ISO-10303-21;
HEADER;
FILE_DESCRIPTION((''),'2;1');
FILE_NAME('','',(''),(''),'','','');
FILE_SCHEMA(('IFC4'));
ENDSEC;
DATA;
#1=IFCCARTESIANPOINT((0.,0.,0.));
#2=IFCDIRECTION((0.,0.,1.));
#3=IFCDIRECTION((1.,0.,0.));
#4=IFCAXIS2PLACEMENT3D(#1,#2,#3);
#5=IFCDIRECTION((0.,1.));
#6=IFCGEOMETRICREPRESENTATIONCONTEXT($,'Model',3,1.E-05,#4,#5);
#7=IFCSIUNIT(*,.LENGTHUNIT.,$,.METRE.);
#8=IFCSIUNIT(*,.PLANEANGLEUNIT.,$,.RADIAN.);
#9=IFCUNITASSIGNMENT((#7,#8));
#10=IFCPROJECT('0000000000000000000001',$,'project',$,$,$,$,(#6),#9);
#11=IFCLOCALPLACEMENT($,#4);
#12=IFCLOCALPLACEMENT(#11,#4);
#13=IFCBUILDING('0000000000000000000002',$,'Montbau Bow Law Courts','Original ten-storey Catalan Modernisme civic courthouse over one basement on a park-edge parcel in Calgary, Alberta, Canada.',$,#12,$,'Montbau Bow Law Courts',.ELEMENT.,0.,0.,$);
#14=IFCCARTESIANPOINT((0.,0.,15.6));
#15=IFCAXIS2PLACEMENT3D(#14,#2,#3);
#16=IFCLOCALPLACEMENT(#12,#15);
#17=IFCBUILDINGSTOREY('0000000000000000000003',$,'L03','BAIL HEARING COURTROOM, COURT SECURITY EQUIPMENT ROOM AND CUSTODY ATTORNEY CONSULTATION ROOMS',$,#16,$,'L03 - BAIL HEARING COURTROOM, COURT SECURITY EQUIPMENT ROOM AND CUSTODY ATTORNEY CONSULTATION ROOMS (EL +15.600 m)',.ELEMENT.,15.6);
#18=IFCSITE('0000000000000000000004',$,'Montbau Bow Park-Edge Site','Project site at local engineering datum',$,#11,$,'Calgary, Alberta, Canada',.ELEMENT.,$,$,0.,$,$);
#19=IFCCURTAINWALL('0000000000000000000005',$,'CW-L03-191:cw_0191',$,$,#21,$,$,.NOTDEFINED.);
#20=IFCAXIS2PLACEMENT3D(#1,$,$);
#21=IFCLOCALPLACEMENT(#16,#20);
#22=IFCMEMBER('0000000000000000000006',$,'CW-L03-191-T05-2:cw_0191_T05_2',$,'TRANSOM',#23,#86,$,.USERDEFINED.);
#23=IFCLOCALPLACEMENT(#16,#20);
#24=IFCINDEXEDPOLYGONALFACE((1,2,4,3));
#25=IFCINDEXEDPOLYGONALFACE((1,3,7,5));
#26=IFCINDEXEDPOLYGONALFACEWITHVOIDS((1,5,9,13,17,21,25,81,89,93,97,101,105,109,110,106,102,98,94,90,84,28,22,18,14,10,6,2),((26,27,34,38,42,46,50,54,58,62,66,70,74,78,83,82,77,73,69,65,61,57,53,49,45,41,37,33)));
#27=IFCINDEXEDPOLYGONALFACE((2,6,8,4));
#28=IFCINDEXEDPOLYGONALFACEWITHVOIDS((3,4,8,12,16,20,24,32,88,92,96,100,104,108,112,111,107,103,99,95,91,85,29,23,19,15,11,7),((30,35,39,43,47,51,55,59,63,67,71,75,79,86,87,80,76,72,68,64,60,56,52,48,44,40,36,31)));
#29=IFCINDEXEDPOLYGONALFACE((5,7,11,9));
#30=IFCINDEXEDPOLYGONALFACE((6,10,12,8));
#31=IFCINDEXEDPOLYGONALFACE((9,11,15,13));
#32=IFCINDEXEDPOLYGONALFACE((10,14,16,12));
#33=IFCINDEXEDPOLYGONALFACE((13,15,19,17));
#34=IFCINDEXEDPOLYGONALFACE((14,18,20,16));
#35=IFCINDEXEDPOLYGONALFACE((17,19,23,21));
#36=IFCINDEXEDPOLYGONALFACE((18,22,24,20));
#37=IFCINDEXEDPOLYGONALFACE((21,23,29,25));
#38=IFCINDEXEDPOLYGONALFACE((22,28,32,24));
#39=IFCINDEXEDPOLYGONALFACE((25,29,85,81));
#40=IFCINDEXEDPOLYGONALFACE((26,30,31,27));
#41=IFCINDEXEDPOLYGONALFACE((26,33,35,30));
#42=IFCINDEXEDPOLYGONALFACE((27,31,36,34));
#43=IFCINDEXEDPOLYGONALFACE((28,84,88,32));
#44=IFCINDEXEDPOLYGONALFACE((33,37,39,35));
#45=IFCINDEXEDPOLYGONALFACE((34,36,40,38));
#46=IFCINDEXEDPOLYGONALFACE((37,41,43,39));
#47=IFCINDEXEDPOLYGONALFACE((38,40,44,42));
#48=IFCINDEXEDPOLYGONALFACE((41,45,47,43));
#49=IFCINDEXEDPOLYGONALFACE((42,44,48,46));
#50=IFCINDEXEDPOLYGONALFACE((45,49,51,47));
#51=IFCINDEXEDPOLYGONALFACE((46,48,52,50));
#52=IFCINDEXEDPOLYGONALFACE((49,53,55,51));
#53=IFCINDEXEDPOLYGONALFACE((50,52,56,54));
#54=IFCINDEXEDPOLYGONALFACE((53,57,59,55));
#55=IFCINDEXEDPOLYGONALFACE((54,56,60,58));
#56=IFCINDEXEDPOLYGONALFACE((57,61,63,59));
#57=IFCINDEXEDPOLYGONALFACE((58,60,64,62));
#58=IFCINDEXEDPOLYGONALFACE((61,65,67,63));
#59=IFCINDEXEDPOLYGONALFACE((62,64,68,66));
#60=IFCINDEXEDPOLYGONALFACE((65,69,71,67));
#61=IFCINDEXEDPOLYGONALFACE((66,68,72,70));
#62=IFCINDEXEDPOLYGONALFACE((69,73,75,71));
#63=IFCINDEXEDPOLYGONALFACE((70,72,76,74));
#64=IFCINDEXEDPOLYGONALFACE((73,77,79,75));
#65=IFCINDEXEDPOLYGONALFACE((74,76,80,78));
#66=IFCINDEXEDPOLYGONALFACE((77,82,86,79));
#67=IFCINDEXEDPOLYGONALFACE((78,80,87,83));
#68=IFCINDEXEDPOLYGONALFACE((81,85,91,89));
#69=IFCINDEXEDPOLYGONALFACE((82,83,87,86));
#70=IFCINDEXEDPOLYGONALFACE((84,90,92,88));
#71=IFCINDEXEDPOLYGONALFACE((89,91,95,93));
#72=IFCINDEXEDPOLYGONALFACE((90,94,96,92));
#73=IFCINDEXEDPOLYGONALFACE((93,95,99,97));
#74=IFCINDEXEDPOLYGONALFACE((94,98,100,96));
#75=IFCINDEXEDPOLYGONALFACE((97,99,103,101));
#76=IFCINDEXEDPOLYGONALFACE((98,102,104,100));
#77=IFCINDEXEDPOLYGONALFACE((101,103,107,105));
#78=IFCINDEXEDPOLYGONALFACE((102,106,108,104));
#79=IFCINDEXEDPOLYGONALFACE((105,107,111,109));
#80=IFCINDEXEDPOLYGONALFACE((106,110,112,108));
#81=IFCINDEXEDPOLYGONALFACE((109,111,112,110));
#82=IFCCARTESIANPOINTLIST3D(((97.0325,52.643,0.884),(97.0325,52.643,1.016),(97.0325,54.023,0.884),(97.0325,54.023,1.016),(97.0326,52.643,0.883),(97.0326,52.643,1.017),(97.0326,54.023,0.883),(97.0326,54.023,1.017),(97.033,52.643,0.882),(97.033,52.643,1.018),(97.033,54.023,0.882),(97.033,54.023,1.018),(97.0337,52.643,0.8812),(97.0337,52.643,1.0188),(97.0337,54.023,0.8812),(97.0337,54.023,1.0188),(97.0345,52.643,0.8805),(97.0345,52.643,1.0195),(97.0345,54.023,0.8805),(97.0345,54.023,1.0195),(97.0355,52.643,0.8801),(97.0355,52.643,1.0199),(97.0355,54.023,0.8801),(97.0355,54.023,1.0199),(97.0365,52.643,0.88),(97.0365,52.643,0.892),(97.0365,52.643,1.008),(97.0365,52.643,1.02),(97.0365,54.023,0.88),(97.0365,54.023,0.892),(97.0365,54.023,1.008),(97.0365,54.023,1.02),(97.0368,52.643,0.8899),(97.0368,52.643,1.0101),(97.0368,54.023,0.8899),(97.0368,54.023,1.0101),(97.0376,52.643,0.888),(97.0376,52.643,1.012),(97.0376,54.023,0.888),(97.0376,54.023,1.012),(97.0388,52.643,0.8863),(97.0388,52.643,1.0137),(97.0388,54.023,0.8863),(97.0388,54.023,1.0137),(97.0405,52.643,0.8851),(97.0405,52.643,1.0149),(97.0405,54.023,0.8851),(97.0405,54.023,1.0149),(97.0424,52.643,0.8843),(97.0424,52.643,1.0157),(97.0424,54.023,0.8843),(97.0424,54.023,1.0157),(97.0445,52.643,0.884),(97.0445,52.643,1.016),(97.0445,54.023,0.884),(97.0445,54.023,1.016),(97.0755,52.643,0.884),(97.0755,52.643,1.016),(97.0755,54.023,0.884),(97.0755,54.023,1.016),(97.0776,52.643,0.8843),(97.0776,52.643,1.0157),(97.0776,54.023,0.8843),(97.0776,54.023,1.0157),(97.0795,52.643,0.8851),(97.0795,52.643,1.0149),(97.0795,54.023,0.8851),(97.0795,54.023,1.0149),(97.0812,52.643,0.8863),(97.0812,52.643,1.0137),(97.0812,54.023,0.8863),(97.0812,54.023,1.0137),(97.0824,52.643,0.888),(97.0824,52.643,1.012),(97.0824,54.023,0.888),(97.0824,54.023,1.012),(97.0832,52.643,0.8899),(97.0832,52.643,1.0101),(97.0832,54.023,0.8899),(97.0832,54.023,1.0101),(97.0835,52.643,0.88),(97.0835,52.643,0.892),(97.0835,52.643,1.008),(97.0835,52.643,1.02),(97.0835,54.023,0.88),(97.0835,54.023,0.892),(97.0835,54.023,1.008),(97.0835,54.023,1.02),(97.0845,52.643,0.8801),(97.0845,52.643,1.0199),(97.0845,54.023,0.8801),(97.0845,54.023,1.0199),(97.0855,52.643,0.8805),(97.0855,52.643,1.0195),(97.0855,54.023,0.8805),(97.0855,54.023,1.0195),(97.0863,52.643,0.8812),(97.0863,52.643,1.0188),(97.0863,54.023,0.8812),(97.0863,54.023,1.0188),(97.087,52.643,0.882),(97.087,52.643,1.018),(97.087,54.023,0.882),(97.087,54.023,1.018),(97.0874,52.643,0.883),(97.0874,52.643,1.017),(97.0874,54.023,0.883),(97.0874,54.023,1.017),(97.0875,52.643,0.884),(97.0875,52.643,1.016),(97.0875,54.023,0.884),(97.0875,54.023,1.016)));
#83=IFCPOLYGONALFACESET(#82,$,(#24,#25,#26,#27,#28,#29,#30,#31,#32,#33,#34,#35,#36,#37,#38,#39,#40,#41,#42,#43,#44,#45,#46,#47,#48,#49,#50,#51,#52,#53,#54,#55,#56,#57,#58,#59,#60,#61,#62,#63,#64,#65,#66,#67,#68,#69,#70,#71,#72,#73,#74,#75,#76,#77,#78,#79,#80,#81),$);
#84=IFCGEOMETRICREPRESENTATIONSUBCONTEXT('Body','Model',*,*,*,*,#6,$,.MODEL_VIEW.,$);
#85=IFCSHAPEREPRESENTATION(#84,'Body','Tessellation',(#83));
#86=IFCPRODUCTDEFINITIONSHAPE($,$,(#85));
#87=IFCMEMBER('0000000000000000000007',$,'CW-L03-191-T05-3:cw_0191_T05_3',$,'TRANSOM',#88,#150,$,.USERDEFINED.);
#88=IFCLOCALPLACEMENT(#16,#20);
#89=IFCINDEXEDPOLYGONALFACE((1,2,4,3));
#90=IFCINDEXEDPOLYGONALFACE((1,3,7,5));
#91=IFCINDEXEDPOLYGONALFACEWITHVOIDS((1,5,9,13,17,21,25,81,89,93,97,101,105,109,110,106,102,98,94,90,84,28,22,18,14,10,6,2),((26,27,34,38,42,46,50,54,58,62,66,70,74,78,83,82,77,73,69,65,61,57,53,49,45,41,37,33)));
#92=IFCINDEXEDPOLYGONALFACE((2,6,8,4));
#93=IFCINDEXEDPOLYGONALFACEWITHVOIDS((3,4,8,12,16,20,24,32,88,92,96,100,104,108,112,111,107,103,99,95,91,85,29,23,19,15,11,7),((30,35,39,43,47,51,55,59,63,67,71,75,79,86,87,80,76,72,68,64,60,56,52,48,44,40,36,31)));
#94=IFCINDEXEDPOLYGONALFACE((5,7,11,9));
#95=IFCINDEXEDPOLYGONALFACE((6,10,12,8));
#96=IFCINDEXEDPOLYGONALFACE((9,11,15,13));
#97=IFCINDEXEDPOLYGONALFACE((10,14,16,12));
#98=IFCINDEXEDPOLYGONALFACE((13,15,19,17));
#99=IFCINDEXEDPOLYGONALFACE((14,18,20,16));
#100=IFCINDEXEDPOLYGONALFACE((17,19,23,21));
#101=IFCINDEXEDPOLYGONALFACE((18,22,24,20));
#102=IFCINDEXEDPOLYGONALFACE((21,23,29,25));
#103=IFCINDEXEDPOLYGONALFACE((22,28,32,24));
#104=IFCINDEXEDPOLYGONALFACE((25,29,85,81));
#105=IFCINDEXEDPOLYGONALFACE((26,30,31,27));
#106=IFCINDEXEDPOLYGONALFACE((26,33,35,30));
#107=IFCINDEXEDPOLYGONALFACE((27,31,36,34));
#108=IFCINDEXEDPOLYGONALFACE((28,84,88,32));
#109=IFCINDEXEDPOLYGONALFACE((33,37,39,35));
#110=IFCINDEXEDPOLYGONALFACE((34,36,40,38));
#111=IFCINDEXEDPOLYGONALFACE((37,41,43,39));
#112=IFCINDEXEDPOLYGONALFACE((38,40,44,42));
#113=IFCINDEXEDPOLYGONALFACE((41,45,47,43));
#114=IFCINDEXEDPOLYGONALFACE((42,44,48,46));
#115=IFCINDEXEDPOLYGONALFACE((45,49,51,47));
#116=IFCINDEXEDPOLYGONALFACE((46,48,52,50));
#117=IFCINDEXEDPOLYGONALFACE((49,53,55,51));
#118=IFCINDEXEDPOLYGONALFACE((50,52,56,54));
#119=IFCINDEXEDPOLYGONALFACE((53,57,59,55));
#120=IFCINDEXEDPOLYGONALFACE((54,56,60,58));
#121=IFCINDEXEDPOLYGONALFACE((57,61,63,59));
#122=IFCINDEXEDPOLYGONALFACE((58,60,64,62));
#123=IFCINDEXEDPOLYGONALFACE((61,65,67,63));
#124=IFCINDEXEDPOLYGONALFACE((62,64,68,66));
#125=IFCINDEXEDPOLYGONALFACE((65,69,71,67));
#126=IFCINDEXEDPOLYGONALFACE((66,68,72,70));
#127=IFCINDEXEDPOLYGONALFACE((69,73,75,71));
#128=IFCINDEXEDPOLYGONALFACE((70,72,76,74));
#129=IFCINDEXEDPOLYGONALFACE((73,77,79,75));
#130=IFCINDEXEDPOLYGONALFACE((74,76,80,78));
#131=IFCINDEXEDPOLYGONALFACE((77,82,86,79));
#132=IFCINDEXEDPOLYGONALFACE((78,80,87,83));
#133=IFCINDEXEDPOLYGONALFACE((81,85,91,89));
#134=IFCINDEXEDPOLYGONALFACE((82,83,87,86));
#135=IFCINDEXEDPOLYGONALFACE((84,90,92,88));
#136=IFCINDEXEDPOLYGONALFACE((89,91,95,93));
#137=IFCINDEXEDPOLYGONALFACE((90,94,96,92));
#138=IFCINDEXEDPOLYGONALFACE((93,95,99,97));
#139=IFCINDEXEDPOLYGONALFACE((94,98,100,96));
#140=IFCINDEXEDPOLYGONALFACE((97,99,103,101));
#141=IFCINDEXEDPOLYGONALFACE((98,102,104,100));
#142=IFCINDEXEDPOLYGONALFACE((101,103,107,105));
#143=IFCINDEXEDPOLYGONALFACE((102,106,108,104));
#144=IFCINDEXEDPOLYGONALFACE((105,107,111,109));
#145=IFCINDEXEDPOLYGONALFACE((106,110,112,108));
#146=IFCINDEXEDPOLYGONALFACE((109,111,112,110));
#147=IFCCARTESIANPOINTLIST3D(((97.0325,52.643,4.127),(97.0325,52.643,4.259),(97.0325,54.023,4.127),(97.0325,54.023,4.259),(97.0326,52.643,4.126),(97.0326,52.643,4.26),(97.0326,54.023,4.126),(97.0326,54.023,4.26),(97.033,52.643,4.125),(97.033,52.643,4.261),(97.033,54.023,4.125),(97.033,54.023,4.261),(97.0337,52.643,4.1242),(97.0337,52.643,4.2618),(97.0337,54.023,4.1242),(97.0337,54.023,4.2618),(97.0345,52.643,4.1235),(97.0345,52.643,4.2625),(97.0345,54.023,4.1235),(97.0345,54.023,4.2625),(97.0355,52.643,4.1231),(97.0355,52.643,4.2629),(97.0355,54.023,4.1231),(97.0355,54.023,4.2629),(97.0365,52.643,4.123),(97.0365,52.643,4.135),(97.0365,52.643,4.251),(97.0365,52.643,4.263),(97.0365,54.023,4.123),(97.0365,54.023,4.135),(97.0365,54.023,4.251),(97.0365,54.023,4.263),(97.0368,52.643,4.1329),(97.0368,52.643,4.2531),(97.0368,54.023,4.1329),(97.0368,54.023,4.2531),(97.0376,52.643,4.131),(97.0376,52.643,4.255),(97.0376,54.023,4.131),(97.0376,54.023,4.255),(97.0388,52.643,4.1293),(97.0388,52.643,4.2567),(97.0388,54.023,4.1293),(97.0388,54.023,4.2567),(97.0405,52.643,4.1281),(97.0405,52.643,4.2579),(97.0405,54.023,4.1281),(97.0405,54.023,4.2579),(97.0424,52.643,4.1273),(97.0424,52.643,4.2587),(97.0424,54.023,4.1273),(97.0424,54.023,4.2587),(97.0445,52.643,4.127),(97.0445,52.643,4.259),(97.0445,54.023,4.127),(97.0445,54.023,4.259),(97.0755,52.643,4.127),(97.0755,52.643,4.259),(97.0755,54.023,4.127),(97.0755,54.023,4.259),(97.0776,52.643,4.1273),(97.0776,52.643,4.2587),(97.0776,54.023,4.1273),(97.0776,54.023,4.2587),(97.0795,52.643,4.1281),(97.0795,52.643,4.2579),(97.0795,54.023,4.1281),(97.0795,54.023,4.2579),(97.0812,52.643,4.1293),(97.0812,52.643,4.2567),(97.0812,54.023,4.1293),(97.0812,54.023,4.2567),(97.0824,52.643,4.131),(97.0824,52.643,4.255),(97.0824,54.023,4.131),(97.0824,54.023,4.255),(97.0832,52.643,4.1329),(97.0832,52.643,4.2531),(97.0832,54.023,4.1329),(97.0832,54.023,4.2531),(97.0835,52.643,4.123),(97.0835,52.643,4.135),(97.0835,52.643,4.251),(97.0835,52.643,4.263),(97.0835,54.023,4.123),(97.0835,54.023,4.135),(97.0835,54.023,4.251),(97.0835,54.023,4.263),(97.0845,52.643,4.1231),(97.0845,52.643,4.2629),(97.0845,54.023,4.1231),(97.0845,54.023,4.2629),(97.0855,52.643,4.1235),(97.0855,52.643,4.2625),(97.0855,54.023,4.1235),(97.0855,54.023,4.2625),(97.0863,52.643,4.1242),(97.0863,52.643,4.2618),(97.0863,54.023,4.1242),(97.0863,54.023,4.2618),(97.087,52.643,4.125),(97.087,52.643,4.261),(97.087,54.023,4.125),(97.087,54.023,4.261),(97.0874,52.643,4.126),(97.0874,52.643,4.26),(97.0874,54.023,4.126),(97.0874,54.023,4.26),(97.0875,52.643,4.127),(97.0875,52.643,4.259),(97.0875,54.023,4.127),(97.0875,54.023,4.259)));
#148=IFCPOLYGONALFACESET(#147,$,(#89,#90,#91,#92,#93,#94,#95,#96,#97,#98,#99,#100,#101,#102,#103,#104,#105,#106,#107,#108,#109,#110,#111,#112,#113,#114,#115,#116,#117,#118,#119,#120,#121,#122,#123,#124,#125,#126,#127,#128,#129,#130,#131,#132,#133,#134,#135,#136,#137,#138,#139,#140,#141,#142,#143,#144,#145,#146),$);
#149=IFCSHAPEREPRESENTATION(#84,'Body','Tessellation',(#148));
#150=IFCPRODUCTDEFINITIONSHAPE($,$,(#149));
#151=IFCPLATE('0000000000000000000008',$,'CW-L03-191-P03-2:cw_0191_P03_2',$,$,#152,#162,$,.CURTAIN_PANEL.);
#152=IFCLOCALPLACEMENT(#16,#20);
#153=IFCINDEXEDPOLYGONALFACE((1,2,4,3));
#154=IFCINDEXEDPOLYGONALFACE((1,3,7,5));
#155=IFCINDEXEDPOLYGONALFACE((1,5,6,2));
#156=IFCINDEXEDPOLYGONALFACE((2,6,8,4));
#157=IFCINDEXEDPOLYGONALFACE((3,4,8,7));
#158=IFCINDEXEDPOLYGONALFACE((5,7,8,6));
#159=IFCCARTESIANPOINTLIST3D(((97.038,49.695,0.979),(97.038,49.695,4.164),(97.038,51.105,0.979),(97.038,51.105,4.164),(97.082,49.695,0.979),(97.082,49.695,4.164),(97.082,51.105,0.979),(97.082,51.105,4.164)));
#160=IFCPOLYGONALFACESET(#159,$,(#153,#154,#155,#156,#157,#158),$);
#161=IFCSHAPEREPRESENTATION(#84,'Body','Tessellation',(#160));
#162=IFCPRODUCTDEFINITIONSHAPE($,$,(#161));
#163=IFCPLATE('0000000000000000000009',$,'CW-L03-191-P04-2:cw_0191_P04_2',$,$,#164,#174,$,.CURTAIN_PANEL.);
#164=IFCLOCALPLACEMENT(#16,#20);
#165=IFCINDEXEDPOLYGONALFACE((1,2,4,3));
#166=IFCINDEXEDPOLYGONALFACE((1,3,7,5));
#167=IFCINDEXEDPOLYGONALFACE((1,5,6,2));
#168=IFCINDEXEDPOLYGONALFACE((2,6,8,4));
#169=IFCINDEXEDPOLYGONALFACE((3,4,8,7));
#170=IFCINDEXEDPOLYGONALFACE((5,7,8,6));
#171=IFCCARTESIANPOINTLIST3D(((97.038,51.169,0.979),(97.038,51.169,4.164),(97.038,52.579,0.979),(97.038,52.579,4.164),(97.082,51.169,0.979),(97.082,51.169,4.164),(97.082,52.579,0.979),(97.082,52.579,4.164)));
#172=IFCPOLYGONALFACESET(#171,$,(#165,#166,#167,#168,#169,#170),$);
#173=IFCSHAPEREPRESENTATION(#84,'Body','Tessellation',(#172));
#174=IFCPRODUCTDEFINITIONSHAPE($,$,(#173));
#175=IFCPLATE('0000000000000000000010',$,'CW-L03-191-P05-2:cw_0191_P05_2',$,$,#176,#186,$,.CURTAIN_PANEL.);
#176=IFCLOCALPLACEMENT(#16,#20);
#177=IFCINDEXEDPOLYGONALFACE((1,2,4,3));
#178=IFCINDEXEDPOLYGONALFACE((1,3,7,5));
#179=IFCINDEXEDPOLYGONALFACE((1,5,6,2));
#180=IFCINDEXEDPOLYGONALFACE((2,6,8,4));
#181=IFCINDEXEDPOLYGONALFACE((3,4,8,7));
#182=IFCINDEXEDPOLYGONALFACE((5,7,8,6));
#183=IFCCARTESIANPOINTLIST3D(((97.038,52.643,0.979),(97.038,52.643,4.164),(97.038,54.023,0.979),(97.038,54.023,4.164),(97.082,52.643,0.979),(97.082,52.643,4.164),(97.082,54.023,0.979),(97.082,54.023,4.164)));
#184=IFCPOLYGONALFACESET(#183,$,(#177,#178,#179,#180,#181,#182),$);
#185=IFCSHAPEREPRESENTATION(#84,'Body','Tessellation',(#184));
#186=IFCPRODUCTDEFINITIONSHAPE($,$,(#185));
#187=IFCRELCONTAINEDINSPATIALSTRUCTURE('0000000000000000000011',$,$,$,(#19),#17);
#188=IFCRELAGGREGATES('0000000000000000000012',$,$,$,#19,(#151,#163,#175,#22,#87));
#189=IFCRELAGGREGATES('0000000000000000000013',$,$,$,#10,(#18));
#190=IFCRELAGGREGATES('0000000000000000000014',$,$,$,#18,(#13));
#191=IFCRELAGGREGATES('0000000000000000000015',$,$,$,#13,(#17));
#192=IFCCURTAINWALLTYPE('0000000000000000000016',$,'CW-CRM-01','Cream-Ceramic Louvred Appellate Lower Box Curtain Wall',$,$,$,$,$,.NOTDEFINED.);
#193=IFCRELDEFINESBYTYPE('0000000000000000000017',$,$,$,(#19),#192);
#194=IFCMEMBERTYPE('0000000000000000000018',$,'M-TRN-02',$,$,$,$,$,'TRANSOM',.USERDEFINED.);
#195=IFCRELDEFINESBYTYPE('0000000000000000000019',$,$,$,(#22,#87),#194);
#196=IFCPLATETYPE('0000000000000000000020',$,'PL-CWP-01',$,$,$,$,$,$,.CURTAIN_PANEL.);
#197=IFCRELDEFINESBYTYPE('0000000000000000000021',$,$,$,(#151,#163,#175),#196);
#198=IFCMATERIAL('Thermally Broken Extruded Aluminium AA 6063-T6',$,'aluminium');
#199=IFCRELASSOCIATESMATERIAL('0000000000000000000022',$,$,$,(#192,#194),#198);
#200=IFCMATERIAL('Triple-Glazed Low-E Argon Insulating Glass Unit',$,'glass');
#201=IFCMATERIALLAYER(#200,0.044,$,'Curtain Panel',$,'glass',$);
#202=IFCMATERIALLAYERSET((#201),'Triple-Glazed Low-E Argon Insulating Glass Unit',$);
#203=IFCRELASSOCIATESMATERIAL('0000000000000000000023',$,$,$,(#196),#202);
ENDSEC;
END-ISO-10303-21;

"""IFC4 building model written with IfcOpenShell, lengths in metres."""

from ifc_helpers import new_model, si_unit, direction, frame, frame_2d, origin_with_axes, origin_2d_with_axis, place, context, subcontext, project, spatial, rectangle, hollow_rectangle, extrude, material, layer, layer_set, material_profile, profile_set, type_object, element, aggregate, save


model = new_model("IFC4")

# Units and contexts
model_context = context("Model", 3, precision=1e-05, world=origin_with_axes(), true_north=direction((0.0, 1.0)))
body_context = subcontext(model_context, "Body", "Model", "MODEL_VIEW")
ifc_project = project(units=[si_unit("LENGTHUNIT", "METRE"), si_unit("PLANEANGLEUNIT", "RADIAN")], contexts=[model_context])

# Site, building, storey
site_placement = place(None, origin_with_axes())
site = spatial("IfcSite", under=ifc_project, at=site_placement, Name="Montbau Bow Park-Edge Site", Description="Project site at local engineering datum", LongName="Calgary, Alberta, Canada", CompositionType="ELEMENT", RefElevation=0.0)
building_placement = place(site_placement, origin_with_axes())
building = spatial("IfcBuilding", under=site, at=building_placement, Name="Montbau Bow Law Courts", Description="Original ten-storey Catalan Modernisme civic courthouse over one basement on a park-edge parcel in Calgary, Alberta, Canada.", LongName="Montbau Bow Law Courts", CompositionType="ELEMENT", ElevationOfRefHeight=0.0, ElevationOfTerrain=0.0)
storey_placement = place(building_placement, frame((0.0, 0.0, 15.6), z_axis=(0.0, 0.0, 1.0), x_axis=(1.0, 0.0, 0.0)))
storey = spatial("IfcBuildingStorey", under=building, at=storey_placement, Name="L03", Description="BAIL HEARING COURTROOM, COURT SECURITY EQUIPMENT ROOM AND CUSTODY ATTORNEY CONSULTATION ROOMS", LongName="L03 - BAIL HEARING COURTROOM, COURT SECURITY EQUIPMENT ROOM AND CUSTODY ATTORNEY CONSULTATION ROOMS (EL +15.600 m)", CompositionType="ELEMENT", Elevation=15.6)

# Curtain wall, members, plates
ifc_material_1 = material(Name="Thermally Broken Extruded Aluminium AA 6063-T6", Category="aluminium")
curtain_wall_type = type_object("IfcCurtainWallType", Name="CW-CRM-01", Description="Cream-Ceramic Louvred Appellate Lower Box Curtain Wall", PredefinedType="NOTDEFINED", material=ifc_material_1)
curtain_wall_placement = place(None, frame((97.06, 46.715, 15.6), z_axis=(0.0, 0.0, 1.0), x_axis=(1.0, 0.0, 0.0)))
curtain_wall = element("IfcCurtainWall", 1, at=curtain_wall_placement, inside=storey, type_object=curtain_wall_type, Name="CW-L03-191:cw_0191", PredefinedType="NOTDEFINED")
ifc_material_profile_1 = material_profile(ifc_material_1, hollow_rectangle(XDim=0.055, YDim=0.14, WallThickness=0.004, InnerFilletRadius=0.008, OuterFilletRadius=0.004, at=origin_2d_with_axis()), Name="CWT-140X55", Category="Main", Priority=0)
ifc_profile_set_1 = profile_set([ifc_material_profile_1], Name="Thermally Broken Extruded Aluminium AA 6063-T6")
member_type_1 = type_object("IfcMemberType", Name="M-TRN-02", ElementType="TRANSOM", PredefinedType="USERDEFINED", material=ifc_profile_set_1)
member_1_placement = place(None, frame((97.06, 52.643, 16.55), z_axis=(0.0, 1.0, 0.0), x_axis=(-1.0, 0.0, 0.0)))
member_1 = element("IfcMember", 2, at=member_1_placement, type_object=member_type_1, Name="CW-L03-191-T05-2:cw_0191_T05_2", ObjectType="TRANSOM", PredefinedType="USERDEFINED", context=body_context, shape_type="SweptSolid", body=[
    extrude(hollow_rectangle(XDim=0.055, YDim=0.14, WallThickness=0.004, InnerFilletRadius=0.008, OuterFilletRadius=0.004, at=origin_2d_with_axis()), origin_with_axes(), (0.0, 0.0, 1.0), 1.38),
])
member_2_placement = place(None, frame((97.06, 52.643, 19.793), z_axis=(0.0, 1.0, 0.0), x_axis=(-1.0, 0.0, 0.0)))
member_2 = element("IfcMember", 3, at=member_2_placement, type_object=member_type_1, Name="CW-L03-191-T05-3:cw_0191_T05_3", ObjectType="TRANSOM", PredefinedType="USERDEFINED", context=body_context, shape_type="SweptSolid", body=[
    extrude(hollow_rectangle(XDim=0.055, YDim=0.14, WallThickness=0.004, InnerFilletRadius=0.008, OuterFilletRadius=0.004, at=origin_2d_with_axis()), origin_with_axes(), (0.0, 0.0, 1.0), 1.38),
])
ifc_material_2 = material(Name="Triple-Glazed Low-E Argon Insulating Glass Unit", Category="glass")
ifc_layer_1 = layer(ifc_material_2, 0.044, Name="Curtain Panel", Category="glass")
ifc_layer_set_1 = layer_set([ifc_layer_1], Name="Triple-Glazed Low-E Argon Insulating Glass Unit")
plate_type_1 = type_object("IfcPlateType", Name="PL-CWP-01", PredefinedType="CURTAIN_PANEL", material=ifc_layer_set_1)
plate_1_placement = place(None, frame((97.06, 49.695, 16.579), z_axis=(1.0, 0.0, 0.0), x_axis=(0.0, 1.0, 0.0)))
plate_1 = element("IfcPlate", 4, at=plate_1_placement, type_object=plate_type_1, Name="CW-L03-191-P03-2:cw_0191_P03_2", PredefinedType="CURTAIN_PANEL", context=body_context, shape_type="SweptSolid", body=[
    extrude(rectangle(XDim=1.41, YDim=3.185, at=frame_2d((0.705, 1.5925), x_axis=(1.0, 0.0))), frame((0.0, 0.0, -0.022), z_axis=(0.0, 0.0, 1.0), x_axis=(1.0, 0.0, 0.0)), (0.0, 0.0, 1.0), 0.044),
])
plate_2_placement = place(None, frame((97.06, 51.169, 16.579), z_axis=(1.0, 0.0, 0.0), x_axis=(0.0, 1.0, 0.0)))
plate_2 = element("IfcPlate", 5, at=plate_2_placement, type_object=plate_type_1, Name="CW-L03-191-P04-2:cw_0191_P04_2", PredefinedType="CURTAIN_PANEL", context=body_context, shape_type="SweptSolid", body=[
    extrude(rectangle(XDim=1.41, YDim=3.185, at=frame_2d((0.705, 1.5925), x_axis=(1.0, 0.0))), frame((0.0, 0.0, -0.022), z_axis=(0.0, 0.0, 1.0), x_axis=(1.0, 0.0, 0.0)), (0.0, 0.0, 1.0), 0.044),
])
plate_3_placement = place(None, frame((97.06, 52.643, 16.579), z_axis=(1.0, 0.0, 0.0), x_axis=(0.0, 1.0, 0.0)))
plate_3 = element("IfcPlate", 6, at=plate_3_placement, type_object=plate_type_1, Name="CW-L03-191-P05-2:cw_0191_P05_2", PredefinedType="CURTAIN_PANEL", context=body_context, shape_type="SweptSolid", body=[
    extrude(rectangle(XDim=1.38, YDim=3.185, at=frame_2d((0.69, 1.5925), x_axis=(1.0, 0.0))), frame((0.0, 0.0, -0.022), z_axis=(0.0, 0.0, 1.0), x_axis=(1.0, 0.0, 0.0)), (0.0, 0.0, 1.0), 0.044),
])
aggregate(curtain_wall, [plate_1, plate_2, plate_3, member_1, member_2])

save(model, "model.ifc")
